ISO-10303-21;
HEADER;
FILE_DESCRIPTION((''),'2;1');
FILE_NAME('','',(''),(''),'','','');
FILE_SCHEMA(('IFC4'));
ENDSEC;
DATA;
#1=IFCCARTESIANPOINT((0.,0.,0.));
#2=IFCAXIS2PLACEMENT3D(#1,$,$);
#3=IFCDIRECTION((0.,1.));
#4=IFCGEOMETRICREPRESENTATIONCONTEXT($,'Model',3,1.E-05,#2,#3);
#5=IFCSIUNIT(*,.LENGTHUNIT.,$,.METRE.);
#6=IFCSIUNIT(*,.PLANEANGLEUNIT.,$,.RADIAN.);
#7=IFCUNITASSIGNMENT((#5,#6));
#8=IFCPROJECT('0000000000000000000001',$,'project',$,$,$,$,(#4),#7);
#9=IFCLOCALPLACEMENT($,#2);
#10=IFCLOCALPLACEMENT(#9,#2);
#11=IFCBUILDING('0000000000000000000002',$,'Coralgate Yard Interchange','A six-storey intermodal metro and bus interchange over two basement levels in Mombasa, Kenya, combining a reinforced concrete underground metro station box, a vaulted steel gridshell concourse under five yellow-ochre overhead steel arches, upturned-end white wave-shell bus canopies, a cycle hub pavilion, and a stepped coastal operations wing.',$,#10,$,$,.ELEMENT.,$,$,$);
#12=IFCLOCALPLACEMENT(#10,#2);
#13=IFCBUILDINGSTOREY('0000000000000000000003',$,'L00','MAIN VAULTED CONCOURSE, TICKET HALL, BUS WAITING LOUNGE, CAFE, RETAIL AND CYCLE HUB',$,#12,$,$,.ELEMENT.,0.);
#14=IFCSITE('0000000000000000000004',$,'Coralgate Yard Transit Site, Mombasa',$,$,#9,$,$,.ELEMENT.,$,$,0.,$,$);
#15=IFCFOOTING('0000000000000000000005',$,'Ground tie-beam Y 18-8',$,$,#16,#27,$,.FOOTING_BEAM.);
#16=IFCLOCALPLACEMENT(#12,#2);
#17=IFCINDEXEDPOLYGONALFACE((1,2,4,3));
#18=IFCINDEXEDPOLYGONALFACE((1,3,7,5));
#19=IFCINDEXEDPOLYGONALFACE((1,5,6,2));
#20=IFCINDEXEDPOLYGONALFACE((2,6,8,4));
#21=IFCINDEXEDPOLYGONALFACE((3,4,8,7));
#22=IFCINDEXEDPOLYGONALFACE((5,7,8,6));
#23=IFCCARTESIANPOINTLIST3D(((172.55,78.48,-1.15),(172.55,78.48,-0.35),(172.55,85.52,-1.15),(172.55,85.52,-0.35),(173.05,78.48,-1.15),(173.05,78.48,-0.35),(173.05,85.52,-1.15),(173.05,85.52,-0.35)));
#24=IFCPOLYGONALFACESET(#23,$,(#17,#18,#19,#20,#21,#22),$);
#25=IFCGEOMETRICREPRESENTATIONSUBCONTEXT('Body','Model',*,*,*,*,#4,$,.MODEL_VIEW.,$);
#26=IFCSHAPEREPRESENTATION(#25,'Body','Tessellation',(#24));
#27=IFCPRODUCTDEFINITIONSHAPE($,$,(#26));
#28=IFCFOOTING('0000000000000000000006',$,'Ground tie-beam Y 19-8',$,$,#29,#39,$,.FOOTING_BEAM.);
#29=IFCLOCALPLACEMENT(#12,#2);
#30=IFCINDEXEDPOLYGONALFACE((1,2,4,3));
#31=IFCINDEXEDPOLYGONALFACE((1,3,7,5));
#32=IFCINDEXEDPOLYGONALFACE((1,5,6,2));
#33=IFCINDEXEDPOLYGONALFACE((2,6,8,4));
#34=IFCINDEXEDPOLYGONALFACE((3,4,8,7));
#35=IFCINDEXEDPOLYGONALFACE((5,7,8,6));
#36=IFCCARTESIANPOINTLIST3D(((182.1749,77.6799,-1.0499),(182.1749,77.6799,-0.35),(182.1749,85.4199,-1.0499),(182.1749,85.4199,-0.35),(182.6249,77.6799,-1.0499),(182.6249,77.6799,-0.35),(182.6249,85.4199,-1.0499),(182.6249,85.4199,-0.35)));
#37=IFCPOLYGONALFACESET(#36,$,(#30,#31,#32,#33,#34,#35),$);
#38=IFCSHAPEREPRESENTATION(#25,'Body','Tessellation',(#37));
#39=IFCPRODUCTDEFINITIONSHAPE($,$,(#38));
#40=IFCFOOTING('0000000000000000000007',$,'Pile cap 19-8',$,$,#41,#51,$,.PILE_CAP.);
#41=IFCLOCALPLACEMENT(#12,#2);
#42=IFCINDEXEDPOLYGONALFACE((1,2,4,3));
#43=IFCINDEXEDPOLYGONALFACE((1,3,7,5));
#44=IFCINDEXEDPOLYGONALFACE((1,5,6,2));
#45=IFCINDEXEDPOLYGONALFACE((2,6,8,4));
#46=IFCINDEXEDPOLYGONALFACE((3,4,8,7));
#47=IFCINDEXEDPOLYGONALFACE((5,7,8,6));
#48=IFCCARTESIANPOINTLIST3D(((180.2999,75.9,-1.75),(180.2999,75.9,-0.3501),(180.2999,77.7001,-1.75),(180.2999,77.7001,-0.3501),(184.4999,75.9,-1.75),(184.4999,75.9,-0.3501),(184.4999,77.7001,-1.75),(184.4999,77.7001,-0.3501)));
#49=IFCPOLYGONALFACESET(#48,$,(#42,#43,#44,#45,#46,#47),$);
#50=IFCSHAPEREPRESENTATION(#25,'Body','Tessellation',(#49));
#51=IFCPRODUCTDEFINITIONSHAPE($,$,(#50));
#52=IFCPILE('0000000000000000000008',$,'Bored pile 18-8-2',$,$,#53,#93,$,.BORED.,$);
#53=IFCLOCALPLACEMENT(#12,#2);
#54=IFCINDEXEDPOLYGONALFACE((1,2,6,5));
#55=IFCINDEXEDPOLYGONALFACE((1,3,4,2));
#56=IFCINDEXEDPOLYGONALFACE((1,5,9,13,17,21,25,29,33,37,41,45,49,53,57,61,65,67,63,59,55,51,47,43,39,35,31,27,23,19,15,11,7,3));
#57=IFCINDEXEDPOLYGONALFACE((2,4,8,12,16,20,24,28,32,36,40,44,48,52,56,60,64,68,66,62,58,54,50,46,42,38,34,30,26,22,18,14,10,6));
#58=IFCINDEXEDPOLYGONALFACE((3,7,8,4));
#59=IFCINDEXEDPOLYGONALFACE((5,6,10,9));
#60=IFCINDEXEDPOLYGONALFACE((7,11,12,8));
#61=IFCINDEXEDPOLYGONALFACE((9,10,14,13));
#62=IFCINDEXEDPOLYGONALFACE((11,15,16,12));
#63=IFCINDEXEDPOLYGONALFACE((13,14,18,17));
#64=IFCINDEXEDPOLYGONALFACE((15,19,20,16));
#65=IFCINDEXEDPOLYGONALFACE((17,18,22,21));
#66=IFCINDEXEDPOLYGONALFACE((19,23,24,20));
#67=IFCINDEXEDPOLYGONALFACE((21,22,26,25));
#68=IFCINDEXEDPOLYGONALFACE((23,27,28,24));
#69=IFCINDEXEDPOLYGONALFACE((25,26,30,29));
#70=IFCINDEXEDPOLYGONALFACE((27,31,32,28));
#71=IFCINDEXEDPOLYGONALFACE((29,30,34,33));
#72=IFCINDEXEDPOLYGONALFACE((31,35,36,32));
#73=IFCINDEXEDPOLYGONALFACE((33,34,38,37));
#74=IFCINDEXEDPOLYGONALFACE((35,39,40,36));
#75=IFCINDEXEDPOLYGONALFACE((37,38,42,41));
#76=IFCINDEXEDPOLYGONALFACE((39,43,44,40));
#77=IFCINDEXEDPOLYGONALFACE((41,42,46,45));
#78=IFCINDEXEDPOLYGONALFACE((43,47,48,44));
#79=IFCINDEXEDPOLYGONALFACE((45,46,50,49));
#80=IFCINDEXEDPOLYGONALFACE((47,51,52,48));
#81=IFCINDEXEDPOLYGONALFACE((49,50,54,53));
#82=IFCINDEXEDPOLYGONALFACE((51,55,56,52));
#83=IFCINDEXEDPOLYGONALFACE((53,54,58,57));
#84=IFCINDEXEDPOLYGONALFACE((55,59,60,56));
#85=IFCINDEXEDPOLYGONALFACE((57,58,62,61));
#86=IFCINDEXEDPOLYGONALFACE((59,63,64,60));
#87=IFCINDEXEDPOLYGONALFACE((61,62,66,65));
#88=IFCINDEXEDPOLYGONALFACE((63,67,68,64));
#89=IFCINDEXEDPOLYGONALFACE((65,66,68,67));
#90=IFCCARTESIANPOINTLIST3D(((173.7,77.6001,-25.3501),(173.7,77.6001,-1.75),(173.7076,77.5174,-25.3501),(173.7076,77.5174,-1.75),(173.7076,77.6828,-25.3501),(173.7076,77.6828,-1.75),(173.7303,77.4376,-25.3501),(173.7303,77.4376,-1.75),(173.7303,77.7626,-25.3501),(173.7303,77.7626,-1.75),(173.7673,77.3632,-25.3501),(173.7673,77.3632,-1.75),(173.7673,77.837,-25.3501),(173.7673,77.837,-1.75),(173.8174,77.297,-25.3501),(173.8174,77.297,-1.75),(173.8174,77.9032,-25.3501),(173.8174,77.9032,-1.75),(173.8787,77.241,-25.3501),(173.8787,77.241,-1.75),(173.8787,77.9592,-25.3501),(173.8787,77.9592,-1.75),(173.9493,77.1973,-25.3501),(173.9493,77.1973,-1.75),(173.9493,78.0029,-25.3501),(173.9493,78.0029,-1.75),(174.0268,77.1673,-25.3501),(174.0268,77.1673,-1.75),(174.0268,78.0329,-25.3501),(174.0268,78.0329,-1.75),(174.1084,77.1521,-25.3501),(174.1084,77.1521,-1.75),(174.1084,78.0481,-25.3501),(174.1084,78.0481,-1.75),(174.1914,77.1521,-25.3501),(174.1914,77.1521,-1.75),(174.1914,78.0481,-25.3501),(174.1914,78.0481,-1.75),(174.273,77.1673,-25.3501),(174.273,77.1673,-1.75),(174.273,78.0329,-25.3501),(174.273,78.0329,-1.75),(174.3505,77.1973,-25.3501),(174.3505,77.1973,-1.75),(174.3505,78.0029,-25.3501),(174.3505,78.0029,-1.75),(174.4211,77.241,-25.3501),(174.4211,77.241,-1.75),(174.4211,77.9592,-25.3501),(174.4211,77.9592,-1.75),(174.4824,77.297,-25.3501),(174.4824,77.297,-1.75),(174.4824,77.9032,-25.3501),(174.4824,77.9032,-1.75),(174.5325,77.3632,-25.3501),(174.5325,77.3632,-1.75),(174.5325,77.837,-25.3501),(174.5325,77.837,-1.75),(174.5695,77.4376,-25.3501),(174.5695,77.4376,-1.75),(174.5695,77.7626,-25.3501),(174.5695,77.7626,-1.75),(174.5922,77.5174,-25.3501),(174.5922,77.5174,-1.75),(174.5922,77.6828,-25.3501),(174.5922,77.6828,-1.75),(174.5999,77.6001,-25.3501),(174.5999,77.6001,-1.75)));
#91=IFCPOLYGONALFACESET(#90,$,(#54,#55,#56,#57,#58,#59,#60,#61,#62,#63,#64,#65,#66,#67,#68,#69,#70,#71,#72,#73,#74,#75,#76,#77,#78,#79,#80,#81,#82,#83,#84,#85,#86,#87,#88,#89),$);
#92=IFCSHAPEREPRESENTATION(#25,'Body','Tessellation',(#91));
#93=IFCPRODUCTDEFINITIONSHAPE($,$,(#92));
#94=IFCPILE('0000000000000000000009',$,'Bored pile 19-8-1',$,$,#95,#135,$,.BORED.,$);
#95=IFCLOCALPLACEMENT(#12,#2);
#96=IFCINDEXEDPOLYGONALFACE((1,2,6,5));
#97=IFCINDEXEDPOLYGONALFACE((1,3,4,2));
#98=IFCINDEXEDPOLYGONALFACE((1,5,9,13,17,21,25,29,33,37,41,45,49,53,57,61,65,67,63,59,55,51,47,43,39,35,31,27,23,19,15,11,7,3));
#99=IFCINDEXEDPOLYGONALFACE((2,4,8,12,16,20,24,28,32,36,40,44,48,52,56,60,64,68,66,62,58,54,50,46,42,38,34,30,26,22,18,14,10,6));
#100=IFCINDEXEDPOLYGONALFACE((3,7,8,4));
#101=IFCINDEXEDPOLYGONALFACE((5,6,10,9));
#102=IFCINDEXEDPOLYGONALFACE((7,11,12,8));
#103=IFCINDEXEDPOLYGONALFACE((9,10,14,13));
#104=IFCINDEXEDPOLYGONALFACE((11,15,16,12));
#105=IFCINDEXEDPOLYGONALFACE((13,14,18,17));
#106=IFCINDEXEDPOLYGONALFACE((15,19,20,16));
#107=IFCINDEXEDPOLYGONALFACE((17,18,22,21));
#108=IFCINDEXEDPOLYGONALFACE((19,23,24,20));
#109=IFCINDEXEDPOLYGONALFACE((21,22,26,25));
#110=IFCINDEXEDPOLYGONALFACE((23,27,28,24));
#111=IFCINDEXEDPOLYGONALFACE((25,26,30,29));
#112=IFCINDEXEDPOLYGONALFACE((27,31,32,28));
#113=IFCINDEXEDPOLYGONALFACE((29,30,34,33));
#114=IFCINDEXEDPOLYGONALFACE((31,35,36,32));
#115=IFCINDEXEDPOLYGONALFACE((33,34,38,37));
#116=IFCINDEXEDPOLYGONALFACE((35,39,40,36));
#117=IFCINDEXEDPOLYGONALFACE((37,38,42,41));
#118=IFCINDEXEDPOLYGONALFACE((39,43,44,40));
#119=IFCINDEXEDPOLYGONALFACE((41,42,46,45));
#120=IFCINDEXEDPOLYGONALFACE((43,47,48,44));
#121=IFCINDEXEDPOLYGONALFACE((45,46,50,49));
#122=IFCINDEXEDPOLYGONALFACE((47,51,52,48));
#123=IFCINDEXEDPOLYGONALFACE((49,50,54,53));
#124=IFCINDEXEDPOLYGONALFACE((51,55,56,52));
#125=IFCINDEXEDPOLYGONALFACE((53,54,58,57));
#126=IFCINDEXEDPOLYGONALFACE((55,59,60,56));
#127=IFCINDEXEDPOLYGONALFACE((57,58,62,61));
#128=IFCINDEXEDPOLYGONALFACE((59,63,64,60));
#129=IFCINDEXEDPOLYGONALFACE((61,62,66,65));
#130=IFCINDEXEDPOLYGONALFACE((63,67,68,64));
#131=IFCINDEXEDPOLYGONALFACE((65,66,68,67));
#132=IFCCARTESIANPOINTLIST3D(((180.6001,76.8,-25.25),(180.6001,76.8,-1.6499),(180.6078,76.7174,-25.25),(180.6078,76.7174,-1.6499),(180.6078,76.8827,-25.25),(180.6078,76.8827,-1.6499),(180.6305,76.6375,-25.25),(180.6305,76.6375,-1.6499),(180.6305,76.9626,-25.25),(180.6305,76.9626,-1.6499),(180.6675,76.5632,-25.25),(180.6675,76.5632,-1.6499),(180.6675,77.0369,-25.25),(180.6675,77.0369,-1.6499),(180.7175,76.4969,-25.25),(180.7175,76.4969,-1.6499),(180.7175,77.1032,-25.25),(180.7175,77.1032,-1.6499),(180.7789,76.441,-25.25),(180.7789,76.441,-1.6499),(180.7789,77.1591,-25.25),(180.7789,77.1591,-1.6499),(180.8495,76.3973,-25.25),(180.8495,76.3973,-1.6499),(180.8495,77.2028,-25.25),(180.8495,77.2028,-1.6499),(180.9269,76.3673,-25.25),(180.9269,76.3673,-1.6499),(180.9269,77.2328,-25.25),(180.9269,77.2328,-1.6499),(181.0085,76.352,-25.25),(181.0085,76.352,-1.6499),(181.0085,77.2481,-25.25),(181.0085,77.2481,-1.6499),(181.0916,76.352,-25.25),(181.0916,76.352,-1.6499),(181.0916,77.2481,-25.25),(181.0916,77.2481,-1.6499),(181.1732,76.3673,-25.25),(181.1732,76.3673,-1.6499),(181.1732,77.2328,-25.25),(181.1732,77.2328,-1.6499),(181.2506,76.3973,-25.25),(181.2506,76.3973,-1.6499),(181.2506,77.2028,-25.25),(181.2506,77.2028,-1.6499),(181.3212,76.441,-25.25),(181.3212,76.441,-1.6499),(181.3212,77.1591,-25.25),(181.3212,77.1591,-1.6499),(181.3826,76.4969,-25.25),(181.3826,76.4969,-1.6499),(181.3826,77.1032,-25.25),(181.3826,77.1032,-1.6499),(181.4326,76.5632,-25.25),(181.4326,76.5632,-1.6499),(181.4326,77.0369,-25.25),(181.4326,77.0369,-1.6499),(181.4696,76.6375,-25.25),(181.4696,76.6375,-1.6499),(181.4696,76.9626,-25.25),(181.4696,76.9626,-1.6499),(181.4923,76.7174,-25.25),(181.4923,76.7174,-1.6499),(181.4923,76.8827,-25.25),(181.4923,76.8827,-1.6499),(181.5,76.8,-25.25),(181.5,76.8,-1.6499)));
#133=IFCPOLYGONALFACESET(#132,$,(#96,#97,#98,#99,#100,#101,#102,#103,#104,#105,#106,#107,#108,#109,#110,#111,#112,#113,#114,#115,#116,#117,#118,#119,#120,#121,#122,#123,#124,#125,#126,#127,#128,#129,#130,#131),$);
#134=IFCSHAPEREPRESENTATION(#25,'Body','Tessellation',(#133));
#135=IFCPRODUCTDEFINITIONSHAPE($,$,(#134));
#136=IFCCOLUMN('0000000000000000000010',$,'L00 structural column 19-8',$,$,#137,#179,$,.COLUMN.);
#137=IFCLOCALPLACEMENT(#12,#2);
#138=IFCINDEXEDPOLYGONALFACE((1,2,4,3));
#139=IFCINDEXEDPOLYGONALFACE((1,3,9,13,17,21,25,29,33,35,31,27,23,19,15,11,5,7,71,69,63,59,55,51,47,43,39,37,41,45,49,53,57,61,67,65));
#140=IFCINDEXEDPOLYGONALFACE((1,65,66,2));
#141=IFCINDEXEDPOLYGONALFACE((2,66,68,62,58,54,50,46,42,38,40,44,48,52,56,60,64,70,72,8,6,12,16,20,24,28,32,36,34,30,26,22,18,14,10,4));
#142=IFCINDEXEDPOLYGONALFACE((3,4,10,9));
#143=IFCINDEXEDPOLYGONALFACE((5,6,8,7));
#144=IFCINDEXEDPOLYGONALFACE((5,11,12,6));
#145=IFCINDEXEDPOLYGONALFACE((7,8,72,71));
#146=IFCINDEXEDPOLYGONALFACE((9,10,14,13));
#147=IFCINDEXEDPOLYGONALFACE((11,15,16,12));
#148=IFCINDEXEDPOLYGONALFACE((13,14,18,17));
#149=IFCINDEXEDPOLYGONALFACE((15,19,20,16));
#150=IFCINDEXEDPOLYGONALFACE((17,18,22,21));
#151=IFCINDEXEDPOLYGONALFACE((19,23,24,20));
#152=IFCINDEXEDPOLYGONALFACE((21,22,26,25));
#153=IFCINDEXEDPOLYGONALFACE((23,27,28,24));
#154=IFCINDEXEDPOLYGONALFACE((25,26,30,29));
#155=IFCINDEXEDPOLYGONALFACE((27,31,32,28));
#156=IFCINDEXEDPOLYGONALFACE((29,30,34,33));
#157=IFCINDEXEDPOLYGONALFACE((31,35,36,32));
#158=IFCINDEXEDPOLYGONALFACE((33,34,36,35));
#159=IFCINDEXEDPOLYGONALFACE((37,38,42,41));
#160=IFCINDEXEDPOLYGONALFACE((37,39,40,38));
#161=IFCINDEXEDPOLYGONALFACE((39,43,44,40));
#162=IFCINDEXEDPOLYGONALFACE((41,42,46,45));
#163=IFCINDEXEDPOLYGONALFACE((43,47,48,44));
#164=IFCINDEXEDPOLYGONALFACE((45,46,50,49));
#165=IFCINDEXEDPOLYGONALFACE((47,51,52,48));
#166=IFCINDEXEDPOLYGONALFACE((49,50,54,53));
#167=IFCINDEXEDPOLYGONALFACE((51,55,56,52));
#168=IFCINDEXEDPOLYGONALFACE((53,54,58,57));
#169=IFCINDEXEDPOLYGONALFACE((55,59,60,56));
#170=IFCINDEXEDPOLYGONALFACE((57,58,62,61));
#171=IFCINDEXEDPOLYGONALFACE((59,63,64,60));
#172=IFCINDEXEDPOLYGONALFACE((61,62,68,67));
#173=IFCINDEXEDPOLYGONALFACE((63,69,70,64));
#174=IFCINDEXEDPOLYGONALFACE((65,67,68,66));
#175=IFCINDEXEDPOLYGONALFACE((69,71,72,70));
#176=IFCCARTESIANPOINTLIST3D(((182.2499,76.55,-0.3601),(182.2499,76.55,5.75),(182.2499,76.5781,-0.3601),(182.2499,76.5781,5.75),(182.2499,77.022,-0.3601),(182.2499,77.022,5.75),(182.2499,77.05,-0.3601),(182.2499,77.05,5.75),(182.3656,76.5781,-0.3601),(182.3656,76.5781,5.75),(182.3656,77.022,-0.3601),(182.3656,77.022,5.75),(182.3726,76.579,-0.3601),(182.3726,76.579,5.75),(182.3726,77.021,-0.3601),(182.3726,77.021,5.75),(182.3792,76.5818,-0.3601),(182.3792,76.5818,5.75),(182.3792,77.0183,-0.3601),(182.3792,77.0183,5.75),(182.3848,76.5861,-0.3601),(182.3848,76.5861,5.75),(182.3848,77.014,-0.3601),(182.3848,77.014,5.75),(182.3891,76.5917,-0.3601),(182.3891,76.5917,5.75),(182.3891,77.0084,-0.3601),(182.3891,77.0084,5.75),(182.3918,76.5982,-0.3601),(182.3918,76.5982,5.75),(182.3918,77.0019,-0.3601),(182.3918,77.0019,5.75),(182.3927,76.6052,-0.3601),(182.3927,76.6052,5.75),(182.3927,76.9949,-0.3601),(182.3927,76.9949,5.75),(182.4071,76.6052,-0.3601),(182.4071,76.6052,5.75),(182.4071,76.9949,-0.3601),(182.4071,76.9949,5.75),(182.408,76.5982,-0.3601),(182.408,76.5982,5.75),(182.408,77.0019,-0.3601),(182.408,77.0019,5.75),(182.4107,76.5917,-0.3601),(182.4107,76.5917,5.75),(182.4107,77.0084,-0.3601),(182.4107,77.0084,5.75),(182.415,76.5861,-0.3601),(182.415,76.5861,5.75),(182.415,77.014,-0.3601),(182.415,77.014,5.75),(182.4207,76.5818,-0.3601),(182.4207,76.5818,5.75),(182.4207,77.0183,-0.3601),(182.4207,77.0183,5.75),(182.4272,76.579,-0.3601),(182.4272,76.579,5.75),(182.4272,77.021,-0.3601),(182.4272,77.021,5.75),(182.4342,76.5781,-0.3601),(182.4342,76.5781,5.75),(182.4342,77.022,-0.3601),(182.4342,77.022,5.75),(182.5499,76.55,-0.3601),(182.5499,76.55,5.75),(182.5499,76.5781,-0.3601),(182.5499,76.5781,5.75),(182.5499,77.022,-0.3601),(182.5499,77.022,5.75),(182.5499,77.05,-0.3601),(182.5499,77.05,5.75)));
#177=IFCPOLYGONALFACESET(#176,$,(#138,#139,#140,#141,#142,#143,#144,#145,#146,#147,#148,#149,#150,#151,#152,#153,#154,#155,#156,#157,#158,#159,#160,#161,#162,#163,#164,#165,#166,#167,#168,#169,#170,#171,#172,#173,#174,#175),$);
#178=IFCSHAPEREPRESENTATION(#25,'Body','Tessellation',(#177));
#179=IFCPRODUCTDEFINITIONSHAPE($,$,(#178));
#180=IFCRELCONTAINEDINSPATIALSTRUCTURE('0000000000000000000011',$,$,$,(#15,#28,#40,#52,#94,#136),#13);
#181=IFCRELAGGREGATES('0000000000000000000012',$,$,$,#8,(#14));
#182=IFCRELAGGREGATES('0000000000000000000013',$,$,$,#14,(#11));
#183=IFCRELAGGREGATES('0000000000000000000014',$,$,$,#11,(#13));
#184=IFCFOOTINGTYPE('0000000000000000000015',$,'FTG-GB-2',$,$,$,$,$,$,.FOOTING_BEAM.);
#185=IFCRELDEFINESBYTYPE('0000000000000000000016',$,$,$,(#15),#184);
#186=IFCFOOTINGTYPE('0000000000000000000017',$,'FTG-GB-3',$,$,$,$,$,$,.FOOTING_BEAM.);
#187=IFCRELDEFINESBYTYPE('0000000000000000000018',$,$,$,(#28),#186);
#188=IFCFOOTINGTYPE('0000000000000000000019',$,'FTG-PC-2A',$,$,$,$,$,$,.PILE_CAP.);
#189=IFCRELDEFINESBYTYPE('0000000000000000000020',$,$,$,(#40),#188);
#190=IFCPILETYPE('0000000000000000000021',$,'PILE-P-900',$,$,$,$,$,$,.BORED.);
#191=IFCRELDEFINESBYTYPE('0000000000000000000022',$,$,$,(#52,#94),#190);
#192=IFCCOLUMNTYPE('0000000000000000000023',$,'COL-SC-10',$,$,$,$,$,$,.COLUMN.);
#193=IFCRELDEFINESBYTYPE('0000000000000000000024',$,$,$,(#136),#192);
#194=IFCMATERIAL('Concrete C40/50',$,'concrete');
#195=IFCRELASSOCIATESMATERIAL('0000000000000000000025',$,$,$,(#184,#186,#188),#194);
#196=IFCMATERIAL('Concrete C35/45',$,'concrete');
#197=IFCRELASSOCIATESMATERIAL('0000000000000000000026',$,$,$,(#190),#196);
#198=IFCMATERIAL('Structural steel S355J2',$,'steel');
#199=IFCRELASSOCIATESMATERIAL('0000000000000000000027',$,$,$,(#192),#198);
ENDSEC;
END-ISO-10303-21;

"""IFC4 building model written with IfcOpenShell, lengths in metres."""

from ifc_helpers import new_model, si_unit, direction, frame, origin, origin_2d, place, context, subcontext, project, spatial, rectangle, circle, i_section, extrude, material, material_profile, profile_set, type_object, element, save


model = new_model("IFC4")

# Units and contexts
model_context = context("Model", 3, precision=1e-05, world=origin(), true_north=direction((0.0, 1.0)))
body_context = subcontext(model_context, "Body", "Model", "MODEL_VIEW")
ifc_project = project(units=[si_unit("LENGTHUNIT", "METRE"), si_unit("PLANEANGLEUNIT", "RADIAN")], contexts=[model_context])

# Site, building, storey
site_placement = place(None, origin())
site = spatial("IfcSite", under=ifc_project, at=site_placement, Name="Coralgate Yard Transit Site, Mombasa", CompositionType="ELEMENT", RefElevation=0.0)
building_placement = place(site_placement, origin())
building = spatial("IfcBuilding", under=site, at=building_placement, Name="Coralgate Yard Interchange", Description="A six-storey intermodal metro and bus interchange over two basement levels in Mombasa, Kenya, combining a reinforced concrete underground metro station box, a vaulted steel gridshell concourse under five yellow-ochre overhead steel arches, upturned-end white wave-shell bus canopies, a cycle hub pavilion, and a stepped coastal operations wing.", CompositionType="ELEMENT")
storey_placement = place(building_placement, origin())
storey = spatial("IfcBuildingStorey", under=building, at=storey_placement, Name="L00", Description="MAIN VAULTED CONCOURSE, TICKET HALL, BUS WAITING LOUNGE, CAFE, RETAIL AND CYCLE HUB", CompositionType="ELEMENT", Elevation=0.0)

# Footings
ifc_material_1 = material(Name="Concrete C40/50", Category="concrete")
ifc_material_profile_1 = material_profile(ifc_material_1, rectangle(XDim=0.5, YDim=0.8, at=origin_2d()), Name="RC 500x800")
ifc_profile_set_1 = profile_set([ifc_material_profile_1], Name="Concrete C40/50")
footing_type_1 = type_object("IfcFootingType", Name="FTG-GB-2", PredefinedType="FOOTING_BEAM", material=ifc_profile_set_1)
footing_1_placement = place(storey_placement, frame((172.8, 78.48, -0.75), z_axis=(0.0, 1.0, 0.0), x_axis=(-1.0, 0.0, 0.0)))
element("IfcFooting", 1, at=footing_1_placement, inside=storey, type_object=footing_type_1, Name="Ground tie-beam Y 18-8", PredefinedType="FOOTING_BEAM", context=body_context, shape_type="SweptSolid", body=[
    extrude(rectangle(XDim=0.5, YDim=0.8, at=origin_2d()), origin(), (0.0, 0.0, 1.0), 7.04),
])
ifc_material_profile_2 = material_profile(ifc_material_1, rectangle(XDim=0.45, YDim=0.7, at=origin_2d()), Name="RC 450x700")
ifc_profile_set_2 = profile_set([ifc_material_profile_2], Name="Concrete C40/50")
footing_type_2 = type_object("IfcFootingType", Name="FTG-GB-3", PredefinedType="FOOTING_BEAM", material=ifc_profile_set_2)
footing_2_placement = place(storey_placement, frame((182.3999, 77.6799, -0.7), z_axis=(0.0, 1.0, 0.0), x_axis=(-1.0, 0.0, 0.0)))
element("IfcFooting", 2, at=footing_2_placement, inside=storey, type_object=footing_type_2, Name="Ground tie-beam Y 19-8", PredefinedType="FOOTING_BEAM", context=body_context, shape_type="SweptSolid", body=[
    extrude(rectangle(XDim=0.45, YDim=0.7, at=origin_2d()), origin(), (0.0, 0.0, 1.0), 7.74),
])
footing_type_3 = type_object("IfcFootingType", Name="FTG-PC-2A", PredefinedType="PILE_CAP", material=ifc_material_1)
footing_3_placement = place(storey_placement, frame((182.3999, 76.8, -1.75), z_axis=(0.0, 0.0, 1.0), x_axis=(1.0, 0.0, 0.0)))
element("IfcFooting", 3, at=footing_3_placement, inside=storey, type_object=footing_type_3, Name="Pile cap 19-8", PredefinedType="PILE_CAP", context=body_context, shape_type="SweptSolid", body=[
    extrude(rectangle(XDim=4.2, YDim=1.8, at=origin_2d()), origin(), (0.0, 0.0, 1.0), 1.3999),
])

# Piles
ifc_material_2 = material(Name="Concrete C35/45", Category="concrete")
ifc_material_profile_3 = material_profile(ifc_material_2, circle(Radius=0.45, at=origin_2d()), Name="BORED PILE D900")
ifc_profile_set_3 = profile_set([ifc_material_profile_3], Name="Concrete C35/45")
pile_type = type_object("IfcPileType", Name="PILE-P-900", PredefinedType="BORED", material=ifc_profile_set_3)
for number, where, z_axis, x_axis, name in (
    (4, (174.1499, 77.6001, -1.75), (0.0, 0.0, -1.0), (1.0, 0.0, 0.0), "Bored pile 18-8-2"),
    (5, (181.05, 76.8, -1.6499), (0.0, 0.0, -1.0), (1.0, 0.0, 0.0), "Bored pile 19-8-1"),
):
    element("IfcPile", number, at=place(storey_placement, frame(where, z_axis=z_axis, x_axis=x_axis)), inside=storey, type_object=pile_type, Name=name, PredefinedType="BORED", context=body_context, shape_type="SweptSolid", body=[
        extrude(circle(Radius=0.45, at=origin_2d()), origin(), (0.0, 0.0, 1.0), 23.6001),
    ])

# Column
ifc_material_3 = material(Name="Structural steel S355J2", Category="steel")
ifc_material_profile_4 = material_profile(ifc_material_3, i_section(OverallWidth=0.3, OverallDepth=0.5, WebThickness=0.0144, FlangeThickness=0.0281, FilletRadius=0.0271, at=origin_2d()), Name="HEB 500")
ifc_profile_set_4 = profile_set([ifc_material_profile_4], Name="Structural steel S355J2")
column_type = type_object("IfcColumnType", Name="COL-SC-10", PredefinedType="COLUMN", material=ifc_profile_set_4)
column_placement = place(storey_placement, frame((182.3999, 76.8, -0.3601), z_axis=(0.0, 0.0, 1.0), x_axis=(1.0, 0.0, 0.0)))
element("IfcColumn", 6, at=column_placement, inside=storey, type_object=column_type, Name="L00 structural column 19-8", PredefinedType="COLUMN", context=body_context, shape_type="SweptSolid", body=[
    extrude(i_section(OverallWidth=0.3, OverallDepth=0.5, WebThickness=0.0144, FlangeThickness=0.0281, FilletRadius=0.0271, at=origin_2d()), origin(), (0.0, 0.0, 1.0), 6.1101),
])

save(model, "model.ifc")
